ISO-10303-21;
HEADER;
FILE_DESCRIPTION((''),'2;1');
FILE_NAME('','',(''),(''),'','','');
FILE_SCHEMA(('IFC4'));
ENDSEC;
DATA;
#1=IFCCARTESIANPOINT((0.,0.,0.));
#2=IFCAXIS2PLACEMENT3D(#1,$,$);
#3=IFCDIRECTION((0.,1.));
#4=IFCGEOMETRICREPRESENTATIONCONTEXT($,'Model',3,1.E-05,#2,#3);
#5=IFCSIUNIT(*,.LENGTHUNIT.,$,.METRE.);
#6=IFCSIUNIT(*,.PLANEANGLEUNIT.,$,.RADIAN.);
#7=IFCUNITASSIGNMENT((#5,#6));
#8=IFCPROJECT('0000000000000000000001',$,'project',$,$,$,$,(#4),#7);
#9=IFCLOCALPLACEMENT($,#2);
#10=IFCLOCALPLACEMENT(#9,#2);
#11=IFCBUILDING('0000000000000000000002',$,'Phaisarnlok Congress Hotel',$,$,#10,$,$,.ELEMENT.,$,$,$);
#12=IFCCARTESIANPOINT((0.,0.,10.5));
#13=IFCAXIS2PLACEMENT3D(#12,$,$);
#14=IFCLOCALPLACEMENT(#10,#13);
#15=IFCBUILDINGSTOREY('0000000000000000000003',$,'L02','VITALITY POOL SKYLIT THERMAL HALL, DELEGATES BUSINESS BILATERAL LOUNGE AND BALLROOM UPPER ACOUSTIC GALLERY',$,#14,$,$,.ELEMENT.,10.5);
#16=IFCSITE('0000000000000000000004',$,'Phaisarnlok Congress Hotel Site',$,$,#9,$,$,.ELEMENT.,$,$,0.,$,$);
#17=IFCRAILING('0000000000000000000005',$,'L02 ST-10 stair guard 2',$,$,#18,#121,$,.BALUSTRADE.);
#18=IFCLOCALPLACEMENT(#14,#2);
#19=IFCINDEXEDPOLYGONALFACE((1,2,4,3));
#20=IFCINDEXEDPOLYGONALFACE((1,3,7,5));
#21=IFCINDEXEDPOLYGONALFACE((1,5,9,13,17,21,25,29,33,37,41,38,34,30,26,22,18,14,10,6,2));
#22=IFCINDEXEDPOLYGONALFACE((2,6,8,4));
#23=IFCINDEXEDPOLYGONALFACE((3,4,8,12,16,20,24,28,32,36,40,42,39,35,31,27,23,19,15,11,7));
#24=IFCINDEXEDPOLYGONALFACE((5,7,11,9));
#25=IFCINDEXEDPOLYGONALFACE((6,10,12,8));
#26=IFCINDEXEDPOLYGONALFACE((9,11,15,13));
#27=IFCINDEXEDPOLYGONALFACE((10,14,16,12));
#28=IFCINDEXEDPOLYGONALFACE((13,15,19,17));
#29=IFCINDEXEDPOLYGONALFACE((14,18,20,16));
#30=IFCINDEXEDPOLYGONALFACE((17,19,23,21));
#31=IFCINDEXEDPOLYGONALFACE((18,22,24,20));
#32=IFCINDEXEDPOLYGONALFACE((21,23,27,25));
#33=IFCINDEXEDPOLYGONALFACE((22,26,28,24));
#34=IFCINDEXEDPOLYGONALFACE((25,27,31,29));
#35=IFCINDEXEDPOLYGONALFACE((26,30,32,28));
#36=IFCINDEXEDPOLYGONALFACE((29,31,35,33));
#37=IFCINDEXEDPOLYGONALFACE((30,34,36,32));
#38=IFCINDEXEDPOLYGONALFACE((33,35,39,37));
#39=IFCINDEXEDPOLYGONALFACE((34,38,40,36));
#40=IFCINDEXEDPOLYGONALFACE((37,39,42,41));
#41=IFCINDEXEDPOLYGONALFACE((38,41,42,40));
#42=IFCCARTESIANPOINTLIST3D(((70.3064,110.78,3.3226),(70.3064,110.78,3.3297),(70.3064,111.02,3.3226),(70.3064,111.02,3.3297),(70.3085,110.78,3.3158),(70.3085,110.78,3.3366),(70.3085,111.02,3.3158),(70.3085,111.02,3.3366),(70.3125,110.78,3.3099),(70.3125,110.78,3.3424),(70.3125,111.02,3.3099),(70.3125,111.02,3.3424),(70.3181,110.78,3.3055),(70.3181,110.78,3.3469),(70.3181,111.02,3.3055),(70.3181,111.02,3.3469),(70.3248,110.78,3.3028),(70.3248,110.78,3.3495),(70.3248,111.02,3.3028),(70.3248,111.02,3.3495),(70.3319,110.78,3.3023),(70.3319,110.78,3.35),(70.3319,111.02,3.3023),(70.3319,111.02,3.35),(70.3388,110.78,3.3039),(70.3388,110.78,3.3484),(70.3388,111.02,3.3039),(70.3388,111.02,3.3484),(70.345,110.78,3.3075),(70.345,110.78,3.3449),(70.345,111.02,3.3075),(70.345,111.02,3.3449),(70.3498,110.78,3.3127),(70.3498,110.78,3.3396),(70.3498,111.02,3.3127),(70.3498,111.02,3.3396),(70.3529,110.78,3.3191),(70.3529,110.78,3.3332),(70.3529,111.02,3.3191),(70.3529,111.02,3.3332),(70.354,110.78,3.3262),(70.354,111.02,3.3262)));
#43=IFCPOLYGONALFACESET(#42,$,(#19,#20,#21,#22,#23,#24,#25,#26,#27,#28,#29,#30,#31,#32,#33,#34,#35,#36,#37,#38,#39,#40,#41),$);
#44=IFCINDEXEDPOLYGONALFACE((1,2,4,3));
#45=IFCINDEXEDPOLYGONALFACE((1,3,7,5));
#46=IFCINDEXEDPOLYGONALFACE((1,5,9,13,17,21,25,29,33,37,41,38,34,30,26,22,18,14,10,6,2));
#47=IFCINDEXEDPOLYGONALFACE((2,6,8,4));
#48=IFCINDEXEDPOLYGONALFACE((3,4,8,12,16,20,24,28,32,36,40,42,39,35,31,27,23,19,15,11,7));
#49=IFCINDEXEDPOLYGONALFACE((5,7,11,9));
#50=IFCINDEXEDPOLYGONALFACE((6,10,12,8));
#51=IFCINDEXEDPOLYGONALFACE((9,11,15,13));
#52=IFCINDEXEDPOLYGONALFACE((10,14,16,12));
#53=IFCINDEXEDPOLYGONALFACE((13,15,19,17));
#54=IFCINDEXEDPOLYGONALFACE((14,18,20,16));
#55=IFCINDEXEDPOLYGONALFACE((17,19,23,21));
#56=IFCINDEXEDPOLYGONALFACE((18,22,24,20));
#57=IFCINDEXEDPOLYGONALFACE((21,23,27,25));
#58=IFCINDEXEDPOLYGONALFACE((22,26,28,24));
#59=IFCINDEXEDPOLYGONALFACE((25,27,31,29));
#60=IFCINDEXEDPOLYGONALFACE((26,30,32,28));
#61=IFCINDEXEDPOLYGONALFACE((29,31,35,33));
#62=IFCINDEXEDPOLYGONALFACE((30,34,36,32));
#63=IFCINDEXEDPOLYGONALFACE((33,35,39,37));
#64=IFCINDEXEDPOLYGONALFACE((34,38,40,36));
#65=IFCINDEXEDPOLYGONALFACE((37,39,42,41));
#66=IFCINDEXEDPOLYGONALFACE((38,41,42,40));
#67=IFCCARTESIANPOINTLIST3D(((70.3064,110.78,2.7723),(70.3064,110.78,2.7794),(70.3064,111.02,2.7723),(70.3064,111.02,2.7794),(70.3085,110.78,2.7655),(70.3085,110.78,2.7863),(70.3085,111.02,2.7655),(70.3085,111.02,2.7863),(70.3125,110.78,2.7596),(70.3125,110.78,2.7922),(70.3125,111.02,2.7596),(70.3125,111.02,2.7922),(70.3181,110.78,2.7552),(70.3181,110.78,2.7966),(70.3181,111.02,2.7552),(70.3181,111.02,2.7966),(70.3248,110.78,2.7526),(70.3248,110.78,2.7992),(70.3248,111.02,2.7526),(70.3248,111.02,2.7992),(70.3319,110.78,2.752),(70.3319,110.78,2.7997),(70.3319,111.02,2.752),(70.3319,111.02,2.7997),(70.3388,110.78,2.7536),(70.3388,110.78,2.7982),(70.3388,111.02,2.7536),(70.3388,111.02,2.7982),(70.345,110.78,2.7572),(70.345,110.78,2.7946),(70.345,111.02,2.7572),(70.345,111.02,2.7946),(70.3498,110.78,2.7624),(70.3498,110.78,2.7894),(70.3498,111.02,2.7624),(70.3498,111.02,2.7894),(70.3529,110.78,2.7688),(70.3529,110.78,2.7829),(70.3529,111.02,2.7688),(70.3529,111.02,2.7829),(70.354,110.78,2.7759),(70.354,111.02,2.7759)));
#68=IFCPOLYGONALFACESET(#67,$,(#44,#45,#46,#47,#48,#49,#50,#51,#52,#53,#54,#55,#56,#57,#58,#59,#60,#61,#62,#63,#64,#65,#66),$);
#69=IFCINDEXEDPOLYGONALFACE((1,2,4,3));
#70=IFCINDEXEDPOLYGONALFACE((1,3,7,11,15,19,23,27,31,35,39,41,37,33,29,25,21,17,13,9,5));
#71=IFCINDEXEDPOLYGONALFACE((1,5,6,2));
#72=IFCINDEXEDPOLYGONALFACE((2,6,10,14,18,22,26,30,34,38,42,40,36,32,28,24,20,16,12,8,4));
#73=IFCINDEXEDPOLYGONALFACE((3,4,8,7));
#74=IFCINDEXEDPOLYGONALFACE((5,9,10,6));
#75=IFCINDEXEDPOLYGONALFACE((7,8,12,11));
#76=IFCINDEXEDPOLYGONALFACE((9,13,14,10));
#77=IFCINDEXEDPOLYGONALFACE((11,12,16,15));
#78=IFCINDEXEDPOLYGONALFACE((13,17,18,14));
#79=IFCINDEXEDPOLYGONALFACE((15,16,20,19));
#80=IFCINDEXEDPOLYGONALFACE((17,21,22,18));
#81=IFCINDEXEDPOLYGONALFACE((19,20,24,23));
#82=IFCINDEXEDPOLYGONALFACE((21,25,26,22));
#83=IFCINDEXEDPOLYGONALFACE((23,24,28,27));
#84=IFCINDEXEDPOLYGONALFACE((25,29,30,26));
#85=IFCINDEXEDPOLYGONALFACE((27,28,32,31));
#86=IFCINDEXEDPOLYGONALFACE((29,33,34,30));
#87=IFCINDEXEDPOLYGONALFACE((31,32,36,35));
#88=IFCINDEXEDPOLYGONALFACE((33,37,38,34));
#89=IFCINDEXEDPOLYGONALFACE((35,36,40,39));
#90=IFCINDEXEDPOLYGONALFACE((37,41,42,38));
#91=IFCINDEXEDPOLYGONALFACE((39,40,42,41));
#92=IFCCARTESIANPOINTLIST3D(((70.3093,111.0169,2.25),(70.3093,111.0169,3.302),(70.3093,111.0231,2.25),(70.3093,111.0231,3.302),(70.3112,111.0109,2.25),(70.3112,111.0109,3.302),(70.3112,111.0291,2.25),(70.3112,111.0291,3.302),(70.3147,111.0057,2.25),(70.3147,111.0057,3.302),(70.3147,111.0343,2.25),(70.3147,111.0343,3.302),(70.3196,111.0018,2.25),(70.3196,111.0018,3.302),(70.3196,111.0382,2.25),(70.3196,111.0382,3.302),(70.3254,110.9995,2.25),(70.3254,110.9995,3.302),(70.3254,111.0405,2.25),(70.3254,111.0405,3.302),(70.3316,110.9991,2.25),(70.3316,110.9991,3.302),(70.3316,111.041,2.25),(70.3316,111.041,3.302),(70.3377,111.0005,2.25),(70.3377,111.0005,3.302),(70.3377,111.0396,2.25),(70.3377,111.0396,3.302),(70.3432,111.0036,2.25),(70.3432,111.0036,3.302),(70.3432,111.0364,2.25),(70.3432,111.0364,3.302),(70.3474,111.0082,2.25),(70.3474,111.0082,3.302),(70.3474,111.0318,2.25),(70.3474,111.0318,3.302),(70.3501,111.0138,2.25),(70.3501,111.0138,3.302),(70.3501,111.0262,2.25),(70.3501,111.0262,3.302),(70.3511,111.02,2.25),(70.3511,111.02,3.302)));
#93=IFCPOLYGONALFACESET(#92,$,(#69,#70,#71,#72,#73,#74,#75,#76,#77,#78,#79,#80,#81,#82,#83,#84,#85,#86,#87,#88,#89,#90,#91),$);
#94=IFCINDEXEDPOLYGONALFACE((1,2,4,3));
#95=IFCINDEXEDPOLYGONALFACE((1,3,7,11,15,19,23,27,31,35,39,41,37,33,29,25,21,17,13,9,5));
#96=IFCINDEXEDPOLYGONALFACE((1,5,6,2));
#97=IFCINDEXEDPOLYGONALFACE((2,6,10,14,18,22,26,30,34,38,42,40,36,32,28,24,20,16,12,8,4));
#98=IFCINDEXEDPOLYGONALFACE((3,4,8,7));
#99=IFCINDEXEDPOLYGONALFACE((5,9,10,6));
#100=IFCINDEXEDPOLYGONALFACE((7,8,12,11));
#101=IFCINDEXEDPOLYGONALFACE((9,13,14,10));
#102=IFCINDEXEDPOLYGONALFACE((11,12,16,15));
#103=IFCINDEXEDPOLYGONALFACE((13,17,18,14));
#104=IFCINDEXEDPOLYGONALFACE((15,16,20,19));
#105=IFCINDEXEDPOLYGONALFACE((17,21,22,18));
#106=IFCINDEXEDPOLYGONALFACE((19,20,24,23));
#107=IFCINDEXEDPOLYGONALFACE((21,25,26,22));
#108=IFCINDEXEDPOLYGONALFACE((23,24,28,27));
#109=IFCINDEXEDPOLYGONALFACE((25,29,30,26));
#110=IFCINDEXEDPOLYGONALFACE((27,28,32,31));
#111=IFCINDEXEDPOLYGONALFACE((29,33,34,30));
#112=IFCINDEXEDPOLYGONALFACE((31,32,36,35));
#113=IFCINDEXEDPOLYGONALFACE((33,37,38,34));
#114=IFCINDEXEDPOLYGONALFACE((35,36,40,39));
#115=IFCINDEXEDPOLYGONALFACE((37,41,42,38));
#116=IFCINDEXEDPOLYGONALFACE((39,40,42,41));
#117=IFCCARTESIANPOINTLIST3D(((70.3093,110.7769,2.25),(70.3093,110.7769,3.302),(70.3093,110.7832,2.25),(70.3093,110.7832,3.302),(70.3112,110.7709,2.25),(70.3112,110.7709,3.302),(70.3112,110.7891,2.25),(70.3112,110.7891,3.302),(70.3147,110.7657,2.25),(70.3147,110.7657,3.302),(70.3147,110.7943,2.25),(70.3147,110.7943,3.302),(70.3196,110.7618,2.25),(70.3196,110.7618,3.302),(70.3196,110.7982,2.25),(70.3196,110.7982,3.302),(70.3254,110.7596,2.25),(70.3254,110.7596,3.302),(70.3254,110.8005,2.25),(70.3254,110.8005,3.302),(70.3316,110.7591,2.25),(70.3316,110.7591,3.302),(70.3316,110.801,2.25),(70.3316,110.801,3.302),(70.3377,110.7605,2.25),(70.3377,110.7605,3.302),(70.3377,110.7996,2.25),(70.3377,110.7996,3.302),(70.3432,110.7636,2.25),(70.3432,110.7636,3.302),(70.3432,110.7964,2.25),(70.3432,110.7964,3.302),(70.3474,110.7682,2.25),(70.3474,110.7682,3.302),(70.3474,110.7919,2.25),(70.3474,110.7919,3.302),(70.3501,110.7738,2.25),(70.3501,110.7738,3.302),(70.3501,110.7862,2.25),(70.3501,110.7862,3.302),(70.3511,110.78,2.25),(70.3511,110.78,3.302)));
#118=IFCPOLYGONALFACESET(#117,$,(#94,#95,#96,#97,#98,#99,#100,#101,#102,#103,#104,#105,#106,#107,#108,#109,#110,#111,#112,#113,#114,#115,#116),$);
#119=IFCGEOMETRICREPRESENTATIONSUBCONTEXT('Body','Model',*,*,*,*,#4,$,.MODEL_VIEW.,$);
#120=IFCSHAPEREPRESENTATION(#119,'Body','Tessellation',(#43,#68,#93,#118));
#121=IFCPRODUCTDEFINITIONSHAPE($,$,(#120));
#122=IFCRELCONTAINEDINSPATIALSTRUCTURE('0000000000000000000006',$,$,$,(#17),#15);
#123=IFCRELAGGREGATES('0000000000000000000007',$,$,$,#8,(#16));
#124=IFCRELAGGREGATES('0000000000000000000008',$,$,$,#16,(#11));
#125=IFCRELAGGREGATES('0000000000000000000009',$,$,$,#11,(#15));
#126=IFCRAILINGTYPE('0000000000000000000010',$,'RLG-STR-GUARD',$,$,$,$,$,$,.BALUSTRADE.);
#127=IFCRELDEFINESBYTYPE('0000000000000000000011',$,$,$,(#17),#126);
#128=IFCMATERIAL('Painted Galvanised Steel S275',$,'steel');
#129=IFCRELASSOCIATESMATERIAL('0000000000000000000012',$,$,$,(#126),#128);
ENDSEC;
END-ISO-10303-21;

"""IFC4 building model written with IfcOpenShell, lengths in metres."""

from ifc_helpers import new_model, si_unit, direction, frame, origin, origin_2d, place, context, subcontext, project, spatial, circle, extrude, material, type_object, element, save


model = new_model("IFC4")

# Units and contexts
model_context = context("Model", 3, precision=1e-05, world=origin(), true_north=direction((0.0, 1.0)))
body_context = subcontext(model_context, "Body", "Model", "MODEL_VIEW")
ifc_project = project(units=[si_unit("LENGTHUNIT", "METRE"), si_unit("PLANEANGLEUNIT", "RADIAN")], contexts=[model_context])

# Site, building, storey
site_placement = place(None, origin())
site = spatial("IfcSite", under=ifc_project, at=site_placement, Name="Phaisarnlok Congress Hotel Site", CompositionType="ELEMENT", RefElevation=0.0)
building_placement = place(site_placement, origin())
building = spatial("IfcBuilding", under=site, at=building_placement, Name="Phaisarnlok Congress Hotel", CompositionType="ELEMENT")
storey_placement = place(building_placement, frame((0.0, 0.0, 10.5)))
storey = spatial("IfcBuildingStorey", under=building, at=storey_placement, Name="L02", Description="VITALITY POOL SKYLIT THERMAL HALL, DELEGATES BUSINESS BILATERAL LOUNGE AND BALLROOM UPPER ACOUSTIC GALLERY", CompositionType="ELEMENT", Elevation=10.5)

# Railing
ifc_material_1 = material(Name="Painted Galvanised Steel S275", Category="steel")
railing_type_1 = type_object("IfcRailingType", Name="RLG-STR-GUARD", PredefinedType="BALUSTRADE", material=ifc_material_1)
railing_1_placement = place(storey_placement, frame((70.3301, 111.02, 2.25)))
element("IfcRailing", 1, at=railing_1_placement, inside=storey, type_object=railing_type_1, Name="L02 ST-10 stair guard 2", PredefinedType="BALUSTRADE", context=body_context, shape_type="SweptSolid", body=[
    extrude(circle(Radius=0.0239, at=origin_2d()), frame((0.0, 0.0, 1.0762), z_axis=(0.0, -1.0, 0.0), x_axis=(1.0, 0.0, 0.0)), (0.0, 0.0, 1.0), 0.24),
    extrude(circle(Radius=0.0239, at=origin_2d()), frame((0.0, 0.0, 0.5259), z_axis=(0.0, -1.0, 0.0), x_axis=(1.0, 0.0, 0.0)), (0.0, 0.0, 1.0), 0.24),
    extrude(circle(Radius=0.021, at=origin_2d()), origin(), (0.0, 0.0, 1.0), 1.052),
    extrude(circle(Radius=0.021, at=origin_2d()), frame((0.0, -0.24, 0.0)), (0.0, 0.0, 1.0), 1.052),
])

save(model, "model.ifc")
